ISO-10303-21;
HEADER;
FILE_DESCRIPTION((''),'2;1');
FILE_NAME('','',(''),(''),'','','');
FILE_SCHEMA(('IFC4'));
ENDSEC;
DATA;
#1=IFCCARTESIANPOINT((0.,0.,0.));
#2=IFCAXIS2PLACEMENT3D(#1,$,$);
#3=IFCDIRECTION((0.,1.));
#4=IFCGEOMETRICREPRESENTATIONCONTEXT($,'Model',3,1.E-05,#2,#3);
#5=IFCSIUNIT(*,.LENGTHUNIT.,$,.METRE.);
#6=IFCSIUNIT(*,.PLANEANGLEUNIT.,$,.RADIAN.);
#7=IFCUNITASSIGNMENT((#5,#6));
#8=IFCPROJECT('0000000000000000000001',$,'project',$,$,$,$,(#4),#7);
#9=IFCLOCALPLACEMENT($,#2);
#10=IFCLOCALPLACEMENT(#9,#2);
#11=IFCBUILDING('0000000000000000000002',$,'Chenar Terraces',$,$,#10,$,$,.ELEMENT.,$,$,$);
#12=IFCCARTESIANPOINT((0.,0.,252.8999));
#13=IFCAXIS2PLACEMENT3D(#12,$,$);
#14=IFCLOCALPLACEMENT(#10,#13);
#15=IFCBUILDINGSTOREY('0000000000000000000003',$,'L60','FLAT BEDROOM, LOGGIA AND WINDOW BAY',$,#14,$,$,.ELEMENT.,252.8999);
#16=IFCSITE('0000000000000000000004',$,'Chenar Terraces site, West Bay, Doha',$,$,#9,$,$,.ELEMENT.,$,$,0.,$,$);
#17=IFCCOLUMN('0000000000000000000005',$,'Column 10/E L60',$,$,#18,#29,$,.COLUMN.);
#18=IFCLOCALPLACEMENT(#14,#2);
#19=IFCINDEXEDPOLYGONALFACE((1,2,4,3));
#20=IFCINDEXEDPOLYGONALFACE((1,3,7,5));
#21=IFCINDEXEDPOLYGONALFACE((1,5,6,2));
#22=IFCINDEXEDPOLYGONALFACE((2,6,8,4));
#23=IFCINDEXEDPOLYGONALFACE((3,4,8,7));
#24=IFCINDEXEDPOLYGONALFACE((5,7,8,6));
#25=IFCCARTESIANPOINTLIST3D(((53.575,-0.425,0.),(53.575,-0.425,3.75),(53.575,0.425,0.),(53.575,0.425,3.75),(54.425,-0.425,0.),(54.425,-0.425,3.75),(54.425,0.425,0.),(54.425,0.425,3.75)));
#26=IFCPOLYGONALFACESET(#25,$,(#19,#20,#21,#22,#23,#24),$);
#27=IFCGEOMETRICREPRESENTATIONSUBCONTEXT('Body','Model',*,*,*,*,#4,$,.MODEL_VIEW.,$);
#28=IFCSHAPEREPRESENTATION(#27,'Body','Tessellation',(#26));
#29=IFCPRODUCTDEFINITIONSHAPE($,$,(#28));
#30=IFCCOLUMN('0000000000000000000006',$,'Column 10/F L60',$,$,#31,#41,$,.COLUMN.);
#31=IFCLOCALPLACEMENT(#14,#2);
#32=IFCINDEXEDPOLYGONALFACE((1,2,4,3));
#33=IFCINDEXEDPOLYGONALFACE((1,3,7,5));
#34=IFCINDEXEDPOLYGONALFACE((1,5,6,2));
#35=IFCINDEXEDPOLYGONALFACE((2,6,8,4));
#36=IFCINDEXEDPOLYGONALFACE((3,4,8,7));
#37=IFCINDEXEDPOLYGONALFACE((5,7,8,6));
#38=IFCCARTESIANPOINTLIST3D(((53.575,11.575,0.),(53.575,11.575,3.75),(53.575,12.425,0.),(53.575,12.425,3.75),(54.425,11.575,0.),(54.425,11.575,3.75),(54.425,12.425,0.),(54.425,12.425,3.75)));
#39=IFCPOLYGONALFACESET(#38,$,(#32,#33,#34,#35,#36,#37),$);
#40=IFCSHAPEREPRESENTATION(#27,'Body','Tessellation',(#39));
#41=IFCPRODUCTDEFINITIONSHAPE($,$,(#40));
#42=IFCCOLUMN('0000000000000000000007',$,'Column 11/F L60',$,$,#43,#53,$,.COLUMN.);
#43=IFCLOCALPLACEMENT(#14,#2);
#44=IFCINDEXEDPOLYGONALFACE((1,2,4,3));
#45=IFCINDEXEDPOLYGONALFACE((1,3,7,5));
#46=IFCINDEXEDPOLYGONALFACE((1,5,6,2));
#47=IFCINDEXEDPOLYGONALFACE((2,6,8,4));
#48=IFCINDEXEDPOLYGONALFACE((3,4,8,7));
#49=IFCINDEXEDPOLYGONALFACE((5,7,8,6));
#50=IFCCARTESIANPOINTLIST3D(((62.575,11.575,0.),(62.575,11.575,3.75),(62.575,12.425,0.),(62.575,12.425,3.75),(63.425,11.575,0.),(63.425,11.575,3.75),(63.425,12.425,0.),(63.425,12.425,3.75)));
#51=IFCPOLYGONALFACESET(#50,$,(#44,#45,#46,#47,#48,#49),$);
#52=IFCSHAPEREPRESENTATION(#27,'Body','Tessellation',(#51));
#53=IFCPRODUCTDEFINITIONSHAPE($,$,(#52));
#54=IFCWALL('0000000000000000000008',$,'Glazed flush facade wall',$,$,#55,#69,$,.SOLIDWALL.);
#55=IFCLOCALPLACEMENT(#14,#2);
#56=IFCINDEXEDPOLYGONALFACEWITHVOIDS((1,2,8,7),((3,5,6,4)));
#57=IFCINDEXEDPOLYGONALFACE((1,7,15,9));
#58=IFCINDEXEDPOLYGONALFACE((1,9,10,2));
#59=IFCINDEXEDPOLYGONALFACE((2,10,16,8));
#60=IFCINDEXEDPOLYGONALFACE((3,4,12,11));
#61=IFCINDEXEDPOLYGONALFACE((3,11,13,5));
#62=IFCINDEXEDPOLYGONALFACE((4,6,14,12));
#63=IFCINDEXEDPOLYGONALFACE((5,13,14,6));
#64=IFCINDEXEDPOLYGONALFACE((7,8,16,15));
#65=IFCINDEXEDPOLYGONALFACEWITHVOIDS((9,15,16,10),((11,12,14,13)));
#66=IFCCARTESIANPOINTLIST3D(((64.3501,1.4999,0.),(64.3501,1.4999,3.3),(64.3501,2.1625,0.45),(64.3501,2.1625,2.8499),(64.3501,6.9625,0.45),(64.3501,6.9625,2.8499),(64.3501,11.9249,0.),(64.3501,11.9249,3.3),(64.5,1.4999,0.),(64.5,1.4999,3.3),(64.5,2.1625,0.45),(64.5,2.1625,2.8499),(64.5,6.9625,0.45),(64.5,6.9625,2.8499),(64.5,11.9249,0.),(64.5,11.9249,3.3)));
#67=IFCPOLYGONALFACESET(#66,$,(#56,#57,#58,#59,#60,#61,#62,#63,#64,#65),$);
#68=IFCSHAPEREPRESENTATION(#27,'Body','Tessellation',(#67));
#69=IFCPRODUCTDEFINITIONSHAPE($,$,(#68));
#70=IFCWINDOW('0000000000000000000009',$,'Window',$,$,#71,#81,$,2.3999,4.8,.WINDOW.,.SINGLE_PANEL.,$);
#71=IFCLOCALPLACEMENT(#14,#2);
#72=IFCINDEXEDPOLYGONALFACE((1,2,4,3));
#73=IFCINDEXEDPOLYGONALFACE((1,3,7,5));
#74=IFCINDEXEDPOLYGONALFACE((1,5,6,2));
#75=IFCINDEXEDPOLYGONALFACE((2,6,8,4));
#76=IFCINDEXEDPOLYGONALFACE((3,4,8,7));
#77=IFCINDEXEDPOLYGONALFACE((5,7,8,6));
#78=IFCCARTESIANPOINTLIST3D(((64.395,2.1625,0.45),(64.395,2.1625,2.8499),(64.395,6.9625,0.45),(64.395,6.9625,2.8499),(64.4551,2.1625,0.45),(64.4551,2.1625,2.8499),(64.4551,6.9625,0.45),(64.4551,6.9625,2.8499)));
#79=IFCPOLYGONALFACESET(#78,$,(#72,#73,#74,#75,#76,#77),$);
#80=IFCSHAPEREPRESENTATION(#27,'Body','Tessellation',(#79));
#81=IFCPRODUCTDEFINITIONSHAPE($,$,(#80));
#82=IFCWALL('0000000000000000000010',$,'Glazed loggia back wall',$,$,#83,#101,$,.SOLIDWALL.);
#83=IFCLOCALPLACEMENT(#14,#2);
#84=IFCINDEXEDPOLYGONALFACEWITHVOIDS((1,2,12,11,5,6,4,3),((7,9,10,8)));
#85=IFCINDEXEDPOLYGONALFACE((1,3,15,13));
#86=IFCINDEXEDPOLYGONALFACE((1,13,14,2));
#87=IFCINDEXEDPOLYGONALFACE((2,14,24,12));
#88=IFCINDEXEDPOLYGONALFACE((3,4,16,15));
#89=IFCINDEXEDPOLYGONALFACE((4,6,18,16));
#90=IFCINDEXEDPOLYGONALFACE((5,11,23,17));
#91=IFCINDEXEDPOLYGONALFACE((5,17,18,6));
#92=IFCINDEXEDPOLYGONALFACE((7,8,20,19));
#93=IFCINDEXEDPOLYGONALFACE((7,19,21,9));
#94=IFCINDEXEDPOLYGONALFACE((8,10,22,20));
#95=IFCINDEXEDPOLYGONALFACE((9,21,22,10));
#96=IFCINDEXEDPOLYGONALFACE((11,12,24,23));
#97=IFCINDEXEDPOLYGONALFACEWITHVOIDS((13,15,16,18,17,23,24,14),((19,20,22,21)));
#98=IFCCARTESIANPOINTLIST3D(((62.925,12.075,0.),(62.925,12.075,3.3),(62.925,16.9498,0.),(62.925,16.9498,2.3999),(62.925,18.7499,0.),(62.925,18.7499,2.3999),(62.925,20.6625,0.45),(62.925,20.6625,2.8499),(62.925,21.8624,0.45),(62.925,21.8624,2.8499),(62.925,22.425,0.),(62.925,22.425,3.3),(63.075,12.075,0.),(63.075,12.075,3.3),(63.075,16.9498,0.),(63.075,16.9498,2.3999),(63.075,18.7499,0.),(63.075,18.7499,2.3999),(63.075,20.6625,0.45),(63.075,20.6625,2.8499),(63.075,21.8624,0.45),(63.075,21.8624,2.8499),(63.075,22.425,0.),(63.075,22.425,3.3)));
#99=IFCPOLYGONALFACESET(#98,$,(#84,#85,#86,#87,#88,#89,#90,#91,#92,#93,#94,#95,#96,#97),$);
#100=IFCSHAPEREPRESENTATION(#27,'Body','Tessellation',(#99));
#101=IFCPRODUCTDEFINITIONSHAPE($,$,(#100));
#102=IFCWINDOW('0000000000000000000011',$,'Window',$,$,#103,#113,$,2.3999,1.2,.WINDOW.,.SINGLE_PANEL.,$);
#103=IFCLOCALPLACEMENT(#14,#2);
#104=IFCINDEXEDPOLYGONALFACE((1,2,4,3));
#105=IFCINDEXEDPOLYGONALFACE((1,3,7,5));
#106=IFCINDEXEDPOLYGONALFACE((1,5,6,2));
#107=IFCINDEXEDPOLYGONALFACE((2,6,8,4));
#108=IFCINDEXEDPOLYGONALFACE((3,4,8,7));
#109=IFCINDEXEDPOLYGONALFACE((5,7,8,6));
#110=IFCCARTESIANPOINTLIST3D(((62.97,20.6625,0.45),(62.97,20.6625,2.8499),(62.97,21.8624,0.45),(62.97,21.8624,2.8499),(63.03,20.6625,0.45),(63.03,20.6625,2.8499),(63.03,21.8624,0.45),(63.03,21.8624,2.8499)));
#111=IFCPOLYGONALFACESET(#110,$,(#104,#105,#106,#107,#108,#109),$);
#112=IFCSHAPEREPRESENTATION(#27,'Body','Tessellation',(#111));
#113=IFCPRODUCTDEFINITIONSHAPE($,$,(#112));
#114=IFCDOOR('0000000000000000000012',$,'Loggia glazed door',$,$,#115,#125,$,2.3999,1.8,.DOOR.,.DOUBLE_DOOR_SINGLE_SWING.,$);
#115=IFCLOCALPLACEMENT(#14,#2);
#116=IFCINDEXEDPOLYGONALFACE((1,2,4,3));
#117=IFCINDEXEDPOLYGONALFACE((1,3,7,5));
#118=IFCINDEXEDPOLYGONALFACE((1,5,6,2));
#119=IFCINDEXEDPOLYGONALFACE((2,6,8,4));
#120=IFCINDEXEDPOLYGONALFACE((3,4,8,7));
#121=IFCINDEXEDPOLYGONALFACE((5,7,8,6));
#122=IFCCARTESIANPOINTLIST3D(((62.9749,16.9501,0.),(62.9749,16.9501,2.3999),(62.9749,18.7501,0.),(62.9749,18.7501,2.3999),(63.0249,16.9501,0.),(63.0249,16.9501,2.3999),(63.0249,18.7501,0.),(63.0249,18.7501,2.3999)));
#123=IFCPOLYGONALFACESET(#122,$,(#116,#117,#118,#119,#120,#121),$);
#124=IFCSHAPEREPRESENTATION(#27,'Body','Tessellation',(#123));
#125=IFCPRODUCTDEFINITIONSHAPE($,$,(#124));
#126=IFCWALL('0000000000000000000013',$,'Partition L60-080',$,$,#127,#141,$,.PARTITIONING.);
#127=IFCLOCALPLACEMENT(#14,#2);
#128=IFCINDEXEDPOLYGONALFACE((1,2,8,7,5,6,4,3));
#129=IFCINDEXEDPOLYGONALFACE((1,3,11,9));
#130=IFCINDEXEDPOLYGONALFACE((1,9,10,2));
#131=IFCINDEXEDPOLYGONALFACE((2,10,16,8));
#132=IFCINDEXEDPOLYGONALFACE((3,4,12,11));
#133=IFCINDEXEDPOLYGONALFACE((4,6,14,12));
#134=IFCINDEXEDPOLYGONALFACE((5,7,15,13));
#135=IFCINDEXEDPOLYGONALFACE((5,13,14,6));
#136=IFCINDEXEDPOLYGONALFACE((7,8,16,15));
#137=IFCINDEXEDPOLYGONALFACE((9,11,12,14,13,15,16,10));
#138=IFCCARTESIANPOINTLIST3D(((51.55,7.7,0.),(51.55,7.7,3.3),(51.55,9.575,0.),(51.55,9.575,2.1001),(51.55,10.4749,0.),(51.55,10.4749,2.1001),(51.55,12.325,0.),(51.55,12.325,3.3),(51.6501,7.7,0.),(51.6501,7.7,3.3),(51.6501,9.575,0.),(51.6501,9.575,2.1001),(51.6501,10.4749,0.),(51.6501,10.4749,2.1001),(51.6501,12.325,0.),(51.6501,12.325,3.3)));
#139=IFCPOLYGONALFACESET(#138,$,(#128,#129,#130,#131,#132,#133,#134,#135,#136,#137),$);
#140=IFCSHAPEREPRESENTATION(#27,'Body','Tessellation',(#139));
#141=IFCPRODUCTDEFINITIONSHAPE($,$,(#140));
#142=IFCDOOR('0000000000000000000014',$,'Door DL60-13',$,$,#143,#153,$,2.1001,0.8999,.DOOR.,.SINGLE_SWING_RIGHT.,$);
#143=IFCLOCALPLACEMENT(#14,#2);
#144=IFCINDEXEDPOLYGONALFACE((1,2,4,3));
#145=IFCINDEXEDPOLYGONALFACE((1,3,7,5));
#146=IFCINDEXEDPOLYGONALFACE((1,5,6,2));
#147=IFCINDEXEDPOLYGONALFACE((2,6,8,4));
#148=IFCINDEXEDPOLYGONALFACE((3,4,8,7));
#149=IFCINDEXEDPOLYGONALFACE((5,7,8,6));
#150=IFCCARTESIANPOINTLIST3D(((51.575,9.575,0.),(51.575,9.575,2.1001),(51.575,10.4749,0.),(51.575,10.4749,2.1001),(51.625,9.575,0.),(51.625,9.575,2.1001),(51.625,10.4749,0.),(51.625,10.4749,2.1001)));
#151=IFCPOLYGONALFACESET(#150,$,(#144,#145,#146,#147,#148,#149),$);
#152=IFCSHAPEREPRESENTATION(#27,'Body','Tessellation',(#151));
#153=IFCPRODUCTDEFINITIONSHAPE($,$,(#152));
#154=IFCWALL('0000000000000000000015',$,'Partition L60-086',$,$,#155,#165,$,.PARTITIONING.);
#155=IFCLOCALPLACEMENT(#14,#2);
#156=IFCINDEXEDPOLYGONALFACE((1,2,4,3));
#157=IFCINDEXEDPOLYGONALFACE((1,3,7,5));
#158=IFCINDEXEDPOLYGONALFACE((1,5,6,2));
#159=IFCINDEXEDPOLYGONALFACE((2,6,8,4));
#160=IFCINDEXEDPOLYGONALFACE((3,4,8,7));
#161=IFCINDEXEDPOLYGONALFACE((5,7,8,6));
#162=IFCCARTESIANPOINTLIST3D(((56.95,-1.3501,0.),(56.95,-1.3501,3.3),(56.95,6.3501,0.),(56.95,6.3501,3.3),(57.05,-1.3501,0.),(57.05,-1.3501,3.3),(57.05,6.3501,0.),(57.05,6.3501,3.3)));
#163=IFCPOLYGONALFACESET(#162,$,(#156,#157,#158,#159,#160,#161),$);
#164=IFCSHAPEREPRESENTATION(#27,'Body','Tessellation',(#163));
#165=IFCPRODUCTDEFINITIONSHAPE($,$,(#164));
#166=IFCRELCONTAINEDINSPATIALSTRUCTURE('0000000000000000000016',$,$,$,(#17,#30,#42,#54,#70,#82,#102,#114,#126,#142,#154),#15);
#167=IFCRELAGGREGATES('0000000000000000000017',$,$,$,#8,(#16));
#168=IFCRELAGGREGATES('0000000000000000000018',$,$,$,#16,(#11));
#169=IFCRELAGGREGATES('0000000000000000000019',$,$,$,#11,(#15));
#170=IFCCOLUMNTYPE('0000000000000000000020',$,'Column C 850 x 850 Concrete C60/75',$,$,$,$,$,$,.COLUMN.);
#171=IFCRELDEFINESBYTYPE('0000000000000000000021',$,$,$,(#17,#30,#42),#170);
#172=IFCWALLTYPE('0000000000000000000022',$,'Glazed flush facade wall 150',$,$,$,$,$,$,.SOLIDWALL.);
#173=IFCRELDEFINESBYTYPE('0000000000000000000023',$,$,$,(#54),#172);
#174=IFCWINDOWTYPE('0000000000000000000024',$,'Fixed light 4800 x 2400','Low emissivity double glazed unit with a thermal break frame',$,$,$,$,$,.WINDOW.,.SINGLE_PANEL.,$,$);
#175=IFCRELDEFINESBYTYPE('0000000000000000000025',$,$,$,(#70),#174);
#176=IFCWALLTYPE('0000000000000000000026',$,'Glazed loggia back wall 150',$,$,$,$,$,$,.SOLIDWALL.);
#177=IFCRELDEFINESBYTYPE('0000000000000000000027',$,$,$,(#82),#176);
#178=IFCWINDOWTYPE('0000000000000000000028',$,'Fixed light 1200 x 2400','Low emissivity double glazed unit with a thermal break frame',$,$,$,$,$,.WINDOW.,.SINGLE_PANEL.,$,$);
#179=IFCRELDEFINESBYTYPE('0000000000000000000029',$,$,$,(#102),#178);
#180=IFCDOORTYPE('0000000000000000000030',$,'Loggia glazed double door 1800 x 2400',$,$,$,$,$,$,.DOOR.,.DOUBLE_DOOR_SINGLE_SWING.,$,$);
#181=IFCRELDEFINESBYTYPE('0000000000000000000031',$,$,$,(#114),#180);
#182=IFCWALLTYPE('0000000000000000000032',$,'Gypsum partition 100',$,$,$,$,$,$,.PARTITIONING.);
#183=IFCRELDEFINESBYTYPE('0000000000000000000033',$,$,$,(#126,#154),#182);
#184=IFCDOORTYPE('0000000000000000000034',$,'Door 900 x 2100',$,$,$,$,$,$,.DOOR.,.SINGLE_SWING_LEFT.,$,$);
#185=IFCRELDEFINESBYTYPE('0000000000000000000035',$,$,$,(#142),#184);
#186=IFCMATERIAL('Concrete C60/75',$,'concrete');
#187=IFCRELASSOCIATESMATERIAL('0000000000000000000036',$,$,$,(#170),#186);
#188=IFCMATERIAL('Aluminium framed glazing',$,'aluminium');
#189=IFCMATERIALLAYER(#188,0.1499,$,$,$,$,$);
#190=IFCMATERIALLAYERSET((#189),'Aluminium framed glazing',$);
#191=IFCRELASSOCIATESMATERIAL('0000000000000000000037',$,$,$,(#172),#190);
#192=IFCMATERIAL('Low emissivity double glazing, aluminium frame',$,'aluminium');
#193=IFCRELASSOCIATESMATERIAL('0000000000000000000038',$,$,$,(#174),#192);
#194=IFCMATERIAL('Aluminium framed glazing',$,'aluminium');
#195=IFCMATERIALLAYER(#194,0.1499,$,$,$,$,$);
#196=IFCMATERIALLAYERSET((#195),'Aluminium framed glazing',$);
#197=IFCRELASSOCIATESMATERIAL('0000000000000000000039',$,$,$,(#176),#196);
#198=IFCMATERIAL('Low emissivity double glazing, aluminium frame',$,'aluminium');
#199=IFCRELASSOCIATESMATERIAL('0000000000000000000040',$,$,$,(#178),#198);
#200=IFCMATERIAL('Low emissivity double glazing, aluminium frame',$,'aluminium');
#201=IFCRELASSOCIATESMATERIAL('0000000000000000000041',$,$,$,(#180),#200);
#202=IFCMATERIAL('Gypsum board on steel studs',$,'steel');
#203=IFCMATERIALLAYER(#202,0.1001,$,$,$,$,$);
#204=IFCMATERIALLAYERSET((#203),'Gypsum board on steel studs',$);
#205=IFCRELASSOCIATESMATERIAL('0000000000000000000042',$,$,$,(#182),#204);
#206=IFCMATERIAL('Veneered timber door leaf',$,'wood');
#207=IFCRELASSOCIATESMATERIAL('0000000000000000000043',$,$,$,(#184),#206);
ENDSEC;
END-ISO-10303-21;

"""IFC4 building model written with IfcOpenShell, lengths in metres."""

from ifc_helpers import new_model, si_unit, direction, frame, frame_2d, origin, origin_2d, place, context, subcontext, project, spatial, rectangle, extrude, material, layer, layer_set, material_profile, profile_set, type_object, element, fill, save


model = new_model("IFC4")

# Units and contexts
model_context = context("Model", 3, precision=1e-05, world=origin(), true_north=direction((0.0, 1.0)))
body_context = subcontext(model_context, "Body", "Model", "MODEL_VIEW")
ifc_project = project(units=[si_unit("LENGTHUNIT", "METRE"), si_unit("PLANEANGLEUNIT", "RADIAN")], contexts=[model_context])

# Site, building, storey
site_placement = place(None, origin())
site = spatial("IfcSite", under=ifc_project, at=site_placement, Name="Chenar Terraces site, West Bay, Doha", CompositionType="ELEMENT", RefElevation=0.0)
building_placement = place(site_placement, origin())
building = spatial("IfcBuilding", under=site, at=building_placement, Name="Chenar Terraces", CompositionType="ELEMENT")
storey_placement = place(building_placement, frame((0.0, 0.0, 252.8999)))
storey = spatial("IfcBuildingStorey", under=building, at=storey_placement, Name="L60", Description="FLAT BEDROOM, LOGGIA AND WINDOW BAY", CompositionType="ELEMENT", Elevation=252.8999)

# Columns
ifc_material_1 = material(Name="Concrete C60/75", Category="concrete")
ifc_material_profile = material_profile(ifc_material_1, rectangle(XDim=0.8501, YDim=0.8501, at=origin_2d()), Name="C 850 x 850")
ifc_profile_set = profile_set([ifc_material_profile], Name="Concrete C60/75")
column_type = type_object("IfcColumnType", Name="Column C 850 x 850 Concrete C60/75", PredefinedType="COLUMN", material=ifc_profile_set)
for number, where, z_axis, x_axis, name in (
    (1, (54.0, 0.0, 0.0), (0.0, 0.0, 1.0), (1.0, 0.0, 0.0), "Column 10/E L60"),
    (2, (54.0, 12.0, 0.0), (0.0, 0.0, 1.0), (1.0, 0.0, 0.0), "Column 10/F L60"),
    (3, (63.0, 12.0, 0.0), (0.0, 0.0, 1.0), (1.0, 0.0, 0.0), "Column 11/F L60"),
):
    element("IfcColumn", number, at=place(storey_placement, frame(where, z_axis=z_axis, x_axis=x_axis)), inside=storey, type_object=column_type, Name=name, PredefinedType="COLUMN", context=body_context, shape_type="SweptSolid", body=[
        extrude(rectangle(XDim=0.8501, YDim=0.8501, at=origin_2d()), origin(), (0.0, 0.0, 1.0), 3.75),
    ])

# Wall, opening, window
ifc_material_2 = material(Name="Aluminium framed glazing", Category="aluminium")
ifc_layer_1 = layer(ifc_material_2, 0.1499)
ifc_layer_set_1 = layer_set([ifc_layer_1], Name="Aluminium framed glazing")
wall_type_1 = type_object("IfcWallType", Name="Glazed flush facade wall 150", PredefinedType="SOLIDWALL", material=ifc_layer_set_1)
wall_1_placement = place(storey_placement, frame((64.425, 1.5, 0.0), z_axis=(0.0, 0.0, 1.0), x_axis=(0.0, 1.0, 0.0)))
wall_1 = element("IfcWall", 4, at=wall_1_placement, inside=storey, type_object=wall_type_1, Name="Glazed flush facade wall", PredefinedType="SOLIDWALL", context=body_context, shape_type="SweptSolid", body=[
    extrude(rectangle(XDim=10.425, YDim=0.1499, at=frame_2d((5.2124, 0.0))), origin(), (0.0, 0.0, 1.0), 3.3),
])
opening_1_placement = place(wall_1_placement, frame((0.6626, 0.0, 0.45)))
opening_1 = element("IfcOpeningElement", 5, at=opening_1_placement, cuts=wall_1, PredefinedType="OPENING", context=body_context, shape_type="SweptSolid", body=[
    extrude(rectangle(XDim=4.8, YDim=2.3999, at=frame_2d((2.3999, 1.2))), frame((0.0, 0.085, 0.0), z_axis=(0.0, -1.0, 0.0), x_axis=(1.0, 0.0, 0.0)), (0.0, 0.0, 1.0), 0.1699),
])
ifc_material_3 = material(Name="Low emissivity double glazing, aluminium frame", Category="aluminium")
window_type_1 = type_object("IfcWindowType", Name="Fixed light 4800 x 2400", Description="Low emissivity double glazed unit with a thermal break frame", PartitioningType="SINGLE_PANEL", PredefinedType="WINDOW", material=ifc_material_3)
window_1_placement = place(opening_1_placement, origin())
window_1 = element("IfcWindow", 6, at=window_1_placement, inside=storey, type_object=window_type_1, Name="Window", OverallHeight=2.3999, OverallWidth=4.8, PartitioningType="SINGLE_PANEL", PredefinedType="WINDOW", context=body_context, shape_type="SweptSolid", body=[
    extrude(rectangle(XDim=4.8, YDim=2.3999, at=frame_2d((2.3999, 1.2))), frame((0.0, 0.03, 0.0), z_axis=(0.0, -1.0, 0.0), x_axis=(1.0, 0.0, 0.0)), (0.0, 0.0, 1.0), 0.0601),
])
fill(opening_1, window_1)

# Wall, openings, window, door
ifc_material_4 = material(Name="Aluminium framed glazing", Category="aluminium")
ifc_layer_2 = layer(ifc_material_4, 0.1499)
ifc_layer_set_2 = layer_set([ifc_layer_2], Name="Aluminium framed glazing")
wall_type_2 = type_object("IfcWallType", Name="Glazed loggia back wall 150", PredefinedType="SOLIDWALL", material=ifc_layer_set_2)
wall_2_placement = place(storey_placement, frame((63.0, 12.075, 0.0), z_axis=(0.0, 0.0, 1.0), x_axis=(0.0, 1.0, 0.0)))
wall_2 = element("IfcWall", 7, at=wall_2_placement, inside=storey, type_object=wall_type_2, Name="Glazed loggia back wall", PredefinedType="SOLIDWALL", context=body_context, shape_type="SweptSolid", body=[
    extrude(rectangle(XDim=10.3501, YDim=0.1499, at=frame_2d((5.175, 0.0))), origin(), (0.0, 0.0, 1.0), 3.3),
])
opening_2_placement = place(wall_2_placement, frame((4.875, 0.0, 0.0)))
opening_2 = element("IfcOpeningElement", 8, at=opening_2_placement, cuts=wall_2, PredefinedType="OPENING", context=body_context, shape_type="SweptSolid", body=[
    extrude(rectangle(XDim=1.8, YDim=2.3999, at=frame_2d((0.8999, 1.2))), frame((0.0, 0.085, 0.0), z_axis=(0.0, -1.0, 0.0), x_axis=(1.0, 0.0, 0.0)), (0.0, 0.0, 1.0), 0.1699),
])
opening_3_placement = place(wall_2_placement, frame((8.5874, 0.0, 0.45)))
opening_3 = element("IfcOpeningElement", 9, at=opening_3_placement, cuts=wall_2, PredefinedType="OPENING", context=body_context, shape_type="SweptSolid", body=[
    extrude(rectangle(XDim=1.2, YDim=2.3999, at=frame_2d((0.6001, 1.2))), frame((0.0, 0.085, 0.0), z_axis=(0.0, -1.0, 0.0), x_axis=(1.0, 0.0, 0.0)), (0.0, 0.0, 1.0), 0.1699),
])
ifc_material_5 = material(Name="Low emissivity double glazing, aluminium frame", Category="aluminium")
window_type_2 = type_object("IfcWindowType", Name="Fixed light 1200 x 2400", Description="Low emissivity double glazed unit with a thermal break frame", PartitioningType="SINGLE_PANEL", PredefinedType="WINDOW", material=ifc_material_5)
window_2_placement = place(opening_3_placement, origin())
window_2 = element("IfcWindow", 10, at=window_2_placement, inside=storey, type_object=window_type_2, Name="Window", OverallHeight=2.3999, OverallWidth=1.2, PartitioningType="SINGLE_PANEL", PredefinedType="WINDOW", context=body_context, shape_type="SweptSolid", body=[
    extrude(rectangle(XDim=1.2, YDim=2.3999, at=frame_2d((0.6001, 1.2))), frame((0.0, 0.03, 0.0), z_axis=(0.0, -1.0, 0.0), x_axis=(1.0, 0.0, 0.0)), (0.0, 0.0, 1.0), 0.0601),
])
fill(opening_3, window_2)
ifc_material_6 = material(Name="Low emissivity double glazing, aluminium frame", Category="aluminium")
door_type_1 = type_object("IfcDoorType", Name="Loggia glazed double door 1800 x 2400", OperationType="DOUBLE_DOOR_SINGLE_SWING", PredefinedType="DOOR", material=ifc_material_6)
door_1_placement = place(opening_2_placement, frame((1.8, 0.0, 0.0), z_axis=(0.0, 0.0, 1.0), x_axis=(-1.0, 0.0, 0.0)))
door_1 = element("IfcDoor", 11, at=door_1_placement, inside=storey, type_object=door_type_1, Name="Loggia glazed door", OperationType="DOUBLE_DOOR_SINGLE_SWING", OverallHeight=2.3999, OverallWidth=1.8, PredefinedType="DOOR", context=body_context, shape_type="SweptSolid", body=[
    extrude(rectangle(XDim=1.8, YDim=2.3999, at=frame_2d((0.8999, 1.2))), frame((0.0, 0.0249, 0.0), z_axis=(0.0, -1.0, 0.0), x_axis=(1.0, 0.0, 0.0)), (0.0, 0.0, 1.0), 0.05),
])
fill(opening_2, door_1)

# Wall, opening, door
ifc_material_7 = material(Name="Gypsum board on steel studs", Category="steel")
ifc_layer_3 = layer(ifc_material_7, 0.1001)
ifc_layer_set_3 = layer_set([ifc_layer_3], Name="Gypsum board on steel studs")
wall_type_3 = type_object("IfcWallType", Name="Gypsum partition 100", PredefinedType="PARTITIONING", material=ifc_layer_set_3)
wall_3_placement = place(storey_placement, frame((51.6001, 7.7, 0.0), z_axis=(0.0, 0.0, 1.0), x_axis=(0.0, 1.0, 0.0)))
wall_3 = element("IfcWall", 12, at=wall_3_placement, inside=storey, type_object=wall_type_3, Name="Partition L60-080", PredefinedType="PARTITIONING", context=body_context, shape_type="SweptSolid", body=[
    extrude(rectangle(XDim=4.625, YDim=0.1001, at=frame_2d((2.3125, 0.0))), origin(), (0.0, 0.0, 1.0), 3.3),
])
opening_4_placement = place(wall_3_placement, frame((1.875, 0.0, 0.0)))
opening_4 = element("IfcOpeningElement", 13, at=opening_4_placement, cuts=wall_3, PredefinedType="OPENING", context=body_context, shape_type="SweptSolid", body=[
    extrude(rectangle(XDim=0.8999, YDim=2.1001, at=frame_2d((0.45, 1.05))), frame((0.0, 0.0601, 0.0), z_axis=(0.0, -1.0, 0.0), x_axis=(1.0, 0.0, 0.0)), (0.0, 0.0, 1.0), 0.1201),
])
ifc_material_8 = material(Name="Veneered timber door leaf", Category="wood")
door_type_2 = type_object("IfcDoorType", Name="Door 900 x 2100", OperationType="SINGLE_SWING_LEFT", PredefinedType="DOOR", material=ifc_material_8)
door_2_placement = place(opening_4_placement, frame((0.8999, 0.0, 0.0), z_axis=(0.0, 0.0, 1.0), x_axis=(-1.0, 0.0, 0.0)))
door_2 = element("IfcDoor", 14, at=door_2_placement, inside=storey, type_object=door_type_2, Name="Door DL60-13", OperationType="SINGLE_SWING_RIGHT", OverallHeight=2.1001, OverallWidth=0.8999, PredefinedType="DOOR", context=body_context, shape_type="SweptSolid", body=[
    extrude(rectangle(XDim=0.8999, YDim=2.1001, at=frame_2d((0.45, 1.05))), frame((0.0, 0.0249, 0.0), z_axis=(0.0, -1.0, 0.0), x_axis=(1.0, 0.0, 0.0)), (0.0, 0.0, 1.0), 0.05),
])
fill(opening_4, door_2)

# Wall
wall_4_placement = place(storey_placement, frame((57.0, -1.3501, 0.0), z_axis=(0.0, 0.0, 1.0), x_axis=(0.0, 1.0, 0.0)))
element("IfcWall", 15, at=wall_4_placement, inside=storey, type_object=wall_type_3, Name="Partition L60-086", PredefinedType="PARTITIONING", context=body_context, shape_type="SweptSolid", body=[
    extrude(rectangle(XDim=7.7002, YDim=0.1001, at=frame_2d((3.8501, 0.0))), origin(), (0.0, 0.0, 1.0), 3.3),
])

save(model, "model.ifc")
